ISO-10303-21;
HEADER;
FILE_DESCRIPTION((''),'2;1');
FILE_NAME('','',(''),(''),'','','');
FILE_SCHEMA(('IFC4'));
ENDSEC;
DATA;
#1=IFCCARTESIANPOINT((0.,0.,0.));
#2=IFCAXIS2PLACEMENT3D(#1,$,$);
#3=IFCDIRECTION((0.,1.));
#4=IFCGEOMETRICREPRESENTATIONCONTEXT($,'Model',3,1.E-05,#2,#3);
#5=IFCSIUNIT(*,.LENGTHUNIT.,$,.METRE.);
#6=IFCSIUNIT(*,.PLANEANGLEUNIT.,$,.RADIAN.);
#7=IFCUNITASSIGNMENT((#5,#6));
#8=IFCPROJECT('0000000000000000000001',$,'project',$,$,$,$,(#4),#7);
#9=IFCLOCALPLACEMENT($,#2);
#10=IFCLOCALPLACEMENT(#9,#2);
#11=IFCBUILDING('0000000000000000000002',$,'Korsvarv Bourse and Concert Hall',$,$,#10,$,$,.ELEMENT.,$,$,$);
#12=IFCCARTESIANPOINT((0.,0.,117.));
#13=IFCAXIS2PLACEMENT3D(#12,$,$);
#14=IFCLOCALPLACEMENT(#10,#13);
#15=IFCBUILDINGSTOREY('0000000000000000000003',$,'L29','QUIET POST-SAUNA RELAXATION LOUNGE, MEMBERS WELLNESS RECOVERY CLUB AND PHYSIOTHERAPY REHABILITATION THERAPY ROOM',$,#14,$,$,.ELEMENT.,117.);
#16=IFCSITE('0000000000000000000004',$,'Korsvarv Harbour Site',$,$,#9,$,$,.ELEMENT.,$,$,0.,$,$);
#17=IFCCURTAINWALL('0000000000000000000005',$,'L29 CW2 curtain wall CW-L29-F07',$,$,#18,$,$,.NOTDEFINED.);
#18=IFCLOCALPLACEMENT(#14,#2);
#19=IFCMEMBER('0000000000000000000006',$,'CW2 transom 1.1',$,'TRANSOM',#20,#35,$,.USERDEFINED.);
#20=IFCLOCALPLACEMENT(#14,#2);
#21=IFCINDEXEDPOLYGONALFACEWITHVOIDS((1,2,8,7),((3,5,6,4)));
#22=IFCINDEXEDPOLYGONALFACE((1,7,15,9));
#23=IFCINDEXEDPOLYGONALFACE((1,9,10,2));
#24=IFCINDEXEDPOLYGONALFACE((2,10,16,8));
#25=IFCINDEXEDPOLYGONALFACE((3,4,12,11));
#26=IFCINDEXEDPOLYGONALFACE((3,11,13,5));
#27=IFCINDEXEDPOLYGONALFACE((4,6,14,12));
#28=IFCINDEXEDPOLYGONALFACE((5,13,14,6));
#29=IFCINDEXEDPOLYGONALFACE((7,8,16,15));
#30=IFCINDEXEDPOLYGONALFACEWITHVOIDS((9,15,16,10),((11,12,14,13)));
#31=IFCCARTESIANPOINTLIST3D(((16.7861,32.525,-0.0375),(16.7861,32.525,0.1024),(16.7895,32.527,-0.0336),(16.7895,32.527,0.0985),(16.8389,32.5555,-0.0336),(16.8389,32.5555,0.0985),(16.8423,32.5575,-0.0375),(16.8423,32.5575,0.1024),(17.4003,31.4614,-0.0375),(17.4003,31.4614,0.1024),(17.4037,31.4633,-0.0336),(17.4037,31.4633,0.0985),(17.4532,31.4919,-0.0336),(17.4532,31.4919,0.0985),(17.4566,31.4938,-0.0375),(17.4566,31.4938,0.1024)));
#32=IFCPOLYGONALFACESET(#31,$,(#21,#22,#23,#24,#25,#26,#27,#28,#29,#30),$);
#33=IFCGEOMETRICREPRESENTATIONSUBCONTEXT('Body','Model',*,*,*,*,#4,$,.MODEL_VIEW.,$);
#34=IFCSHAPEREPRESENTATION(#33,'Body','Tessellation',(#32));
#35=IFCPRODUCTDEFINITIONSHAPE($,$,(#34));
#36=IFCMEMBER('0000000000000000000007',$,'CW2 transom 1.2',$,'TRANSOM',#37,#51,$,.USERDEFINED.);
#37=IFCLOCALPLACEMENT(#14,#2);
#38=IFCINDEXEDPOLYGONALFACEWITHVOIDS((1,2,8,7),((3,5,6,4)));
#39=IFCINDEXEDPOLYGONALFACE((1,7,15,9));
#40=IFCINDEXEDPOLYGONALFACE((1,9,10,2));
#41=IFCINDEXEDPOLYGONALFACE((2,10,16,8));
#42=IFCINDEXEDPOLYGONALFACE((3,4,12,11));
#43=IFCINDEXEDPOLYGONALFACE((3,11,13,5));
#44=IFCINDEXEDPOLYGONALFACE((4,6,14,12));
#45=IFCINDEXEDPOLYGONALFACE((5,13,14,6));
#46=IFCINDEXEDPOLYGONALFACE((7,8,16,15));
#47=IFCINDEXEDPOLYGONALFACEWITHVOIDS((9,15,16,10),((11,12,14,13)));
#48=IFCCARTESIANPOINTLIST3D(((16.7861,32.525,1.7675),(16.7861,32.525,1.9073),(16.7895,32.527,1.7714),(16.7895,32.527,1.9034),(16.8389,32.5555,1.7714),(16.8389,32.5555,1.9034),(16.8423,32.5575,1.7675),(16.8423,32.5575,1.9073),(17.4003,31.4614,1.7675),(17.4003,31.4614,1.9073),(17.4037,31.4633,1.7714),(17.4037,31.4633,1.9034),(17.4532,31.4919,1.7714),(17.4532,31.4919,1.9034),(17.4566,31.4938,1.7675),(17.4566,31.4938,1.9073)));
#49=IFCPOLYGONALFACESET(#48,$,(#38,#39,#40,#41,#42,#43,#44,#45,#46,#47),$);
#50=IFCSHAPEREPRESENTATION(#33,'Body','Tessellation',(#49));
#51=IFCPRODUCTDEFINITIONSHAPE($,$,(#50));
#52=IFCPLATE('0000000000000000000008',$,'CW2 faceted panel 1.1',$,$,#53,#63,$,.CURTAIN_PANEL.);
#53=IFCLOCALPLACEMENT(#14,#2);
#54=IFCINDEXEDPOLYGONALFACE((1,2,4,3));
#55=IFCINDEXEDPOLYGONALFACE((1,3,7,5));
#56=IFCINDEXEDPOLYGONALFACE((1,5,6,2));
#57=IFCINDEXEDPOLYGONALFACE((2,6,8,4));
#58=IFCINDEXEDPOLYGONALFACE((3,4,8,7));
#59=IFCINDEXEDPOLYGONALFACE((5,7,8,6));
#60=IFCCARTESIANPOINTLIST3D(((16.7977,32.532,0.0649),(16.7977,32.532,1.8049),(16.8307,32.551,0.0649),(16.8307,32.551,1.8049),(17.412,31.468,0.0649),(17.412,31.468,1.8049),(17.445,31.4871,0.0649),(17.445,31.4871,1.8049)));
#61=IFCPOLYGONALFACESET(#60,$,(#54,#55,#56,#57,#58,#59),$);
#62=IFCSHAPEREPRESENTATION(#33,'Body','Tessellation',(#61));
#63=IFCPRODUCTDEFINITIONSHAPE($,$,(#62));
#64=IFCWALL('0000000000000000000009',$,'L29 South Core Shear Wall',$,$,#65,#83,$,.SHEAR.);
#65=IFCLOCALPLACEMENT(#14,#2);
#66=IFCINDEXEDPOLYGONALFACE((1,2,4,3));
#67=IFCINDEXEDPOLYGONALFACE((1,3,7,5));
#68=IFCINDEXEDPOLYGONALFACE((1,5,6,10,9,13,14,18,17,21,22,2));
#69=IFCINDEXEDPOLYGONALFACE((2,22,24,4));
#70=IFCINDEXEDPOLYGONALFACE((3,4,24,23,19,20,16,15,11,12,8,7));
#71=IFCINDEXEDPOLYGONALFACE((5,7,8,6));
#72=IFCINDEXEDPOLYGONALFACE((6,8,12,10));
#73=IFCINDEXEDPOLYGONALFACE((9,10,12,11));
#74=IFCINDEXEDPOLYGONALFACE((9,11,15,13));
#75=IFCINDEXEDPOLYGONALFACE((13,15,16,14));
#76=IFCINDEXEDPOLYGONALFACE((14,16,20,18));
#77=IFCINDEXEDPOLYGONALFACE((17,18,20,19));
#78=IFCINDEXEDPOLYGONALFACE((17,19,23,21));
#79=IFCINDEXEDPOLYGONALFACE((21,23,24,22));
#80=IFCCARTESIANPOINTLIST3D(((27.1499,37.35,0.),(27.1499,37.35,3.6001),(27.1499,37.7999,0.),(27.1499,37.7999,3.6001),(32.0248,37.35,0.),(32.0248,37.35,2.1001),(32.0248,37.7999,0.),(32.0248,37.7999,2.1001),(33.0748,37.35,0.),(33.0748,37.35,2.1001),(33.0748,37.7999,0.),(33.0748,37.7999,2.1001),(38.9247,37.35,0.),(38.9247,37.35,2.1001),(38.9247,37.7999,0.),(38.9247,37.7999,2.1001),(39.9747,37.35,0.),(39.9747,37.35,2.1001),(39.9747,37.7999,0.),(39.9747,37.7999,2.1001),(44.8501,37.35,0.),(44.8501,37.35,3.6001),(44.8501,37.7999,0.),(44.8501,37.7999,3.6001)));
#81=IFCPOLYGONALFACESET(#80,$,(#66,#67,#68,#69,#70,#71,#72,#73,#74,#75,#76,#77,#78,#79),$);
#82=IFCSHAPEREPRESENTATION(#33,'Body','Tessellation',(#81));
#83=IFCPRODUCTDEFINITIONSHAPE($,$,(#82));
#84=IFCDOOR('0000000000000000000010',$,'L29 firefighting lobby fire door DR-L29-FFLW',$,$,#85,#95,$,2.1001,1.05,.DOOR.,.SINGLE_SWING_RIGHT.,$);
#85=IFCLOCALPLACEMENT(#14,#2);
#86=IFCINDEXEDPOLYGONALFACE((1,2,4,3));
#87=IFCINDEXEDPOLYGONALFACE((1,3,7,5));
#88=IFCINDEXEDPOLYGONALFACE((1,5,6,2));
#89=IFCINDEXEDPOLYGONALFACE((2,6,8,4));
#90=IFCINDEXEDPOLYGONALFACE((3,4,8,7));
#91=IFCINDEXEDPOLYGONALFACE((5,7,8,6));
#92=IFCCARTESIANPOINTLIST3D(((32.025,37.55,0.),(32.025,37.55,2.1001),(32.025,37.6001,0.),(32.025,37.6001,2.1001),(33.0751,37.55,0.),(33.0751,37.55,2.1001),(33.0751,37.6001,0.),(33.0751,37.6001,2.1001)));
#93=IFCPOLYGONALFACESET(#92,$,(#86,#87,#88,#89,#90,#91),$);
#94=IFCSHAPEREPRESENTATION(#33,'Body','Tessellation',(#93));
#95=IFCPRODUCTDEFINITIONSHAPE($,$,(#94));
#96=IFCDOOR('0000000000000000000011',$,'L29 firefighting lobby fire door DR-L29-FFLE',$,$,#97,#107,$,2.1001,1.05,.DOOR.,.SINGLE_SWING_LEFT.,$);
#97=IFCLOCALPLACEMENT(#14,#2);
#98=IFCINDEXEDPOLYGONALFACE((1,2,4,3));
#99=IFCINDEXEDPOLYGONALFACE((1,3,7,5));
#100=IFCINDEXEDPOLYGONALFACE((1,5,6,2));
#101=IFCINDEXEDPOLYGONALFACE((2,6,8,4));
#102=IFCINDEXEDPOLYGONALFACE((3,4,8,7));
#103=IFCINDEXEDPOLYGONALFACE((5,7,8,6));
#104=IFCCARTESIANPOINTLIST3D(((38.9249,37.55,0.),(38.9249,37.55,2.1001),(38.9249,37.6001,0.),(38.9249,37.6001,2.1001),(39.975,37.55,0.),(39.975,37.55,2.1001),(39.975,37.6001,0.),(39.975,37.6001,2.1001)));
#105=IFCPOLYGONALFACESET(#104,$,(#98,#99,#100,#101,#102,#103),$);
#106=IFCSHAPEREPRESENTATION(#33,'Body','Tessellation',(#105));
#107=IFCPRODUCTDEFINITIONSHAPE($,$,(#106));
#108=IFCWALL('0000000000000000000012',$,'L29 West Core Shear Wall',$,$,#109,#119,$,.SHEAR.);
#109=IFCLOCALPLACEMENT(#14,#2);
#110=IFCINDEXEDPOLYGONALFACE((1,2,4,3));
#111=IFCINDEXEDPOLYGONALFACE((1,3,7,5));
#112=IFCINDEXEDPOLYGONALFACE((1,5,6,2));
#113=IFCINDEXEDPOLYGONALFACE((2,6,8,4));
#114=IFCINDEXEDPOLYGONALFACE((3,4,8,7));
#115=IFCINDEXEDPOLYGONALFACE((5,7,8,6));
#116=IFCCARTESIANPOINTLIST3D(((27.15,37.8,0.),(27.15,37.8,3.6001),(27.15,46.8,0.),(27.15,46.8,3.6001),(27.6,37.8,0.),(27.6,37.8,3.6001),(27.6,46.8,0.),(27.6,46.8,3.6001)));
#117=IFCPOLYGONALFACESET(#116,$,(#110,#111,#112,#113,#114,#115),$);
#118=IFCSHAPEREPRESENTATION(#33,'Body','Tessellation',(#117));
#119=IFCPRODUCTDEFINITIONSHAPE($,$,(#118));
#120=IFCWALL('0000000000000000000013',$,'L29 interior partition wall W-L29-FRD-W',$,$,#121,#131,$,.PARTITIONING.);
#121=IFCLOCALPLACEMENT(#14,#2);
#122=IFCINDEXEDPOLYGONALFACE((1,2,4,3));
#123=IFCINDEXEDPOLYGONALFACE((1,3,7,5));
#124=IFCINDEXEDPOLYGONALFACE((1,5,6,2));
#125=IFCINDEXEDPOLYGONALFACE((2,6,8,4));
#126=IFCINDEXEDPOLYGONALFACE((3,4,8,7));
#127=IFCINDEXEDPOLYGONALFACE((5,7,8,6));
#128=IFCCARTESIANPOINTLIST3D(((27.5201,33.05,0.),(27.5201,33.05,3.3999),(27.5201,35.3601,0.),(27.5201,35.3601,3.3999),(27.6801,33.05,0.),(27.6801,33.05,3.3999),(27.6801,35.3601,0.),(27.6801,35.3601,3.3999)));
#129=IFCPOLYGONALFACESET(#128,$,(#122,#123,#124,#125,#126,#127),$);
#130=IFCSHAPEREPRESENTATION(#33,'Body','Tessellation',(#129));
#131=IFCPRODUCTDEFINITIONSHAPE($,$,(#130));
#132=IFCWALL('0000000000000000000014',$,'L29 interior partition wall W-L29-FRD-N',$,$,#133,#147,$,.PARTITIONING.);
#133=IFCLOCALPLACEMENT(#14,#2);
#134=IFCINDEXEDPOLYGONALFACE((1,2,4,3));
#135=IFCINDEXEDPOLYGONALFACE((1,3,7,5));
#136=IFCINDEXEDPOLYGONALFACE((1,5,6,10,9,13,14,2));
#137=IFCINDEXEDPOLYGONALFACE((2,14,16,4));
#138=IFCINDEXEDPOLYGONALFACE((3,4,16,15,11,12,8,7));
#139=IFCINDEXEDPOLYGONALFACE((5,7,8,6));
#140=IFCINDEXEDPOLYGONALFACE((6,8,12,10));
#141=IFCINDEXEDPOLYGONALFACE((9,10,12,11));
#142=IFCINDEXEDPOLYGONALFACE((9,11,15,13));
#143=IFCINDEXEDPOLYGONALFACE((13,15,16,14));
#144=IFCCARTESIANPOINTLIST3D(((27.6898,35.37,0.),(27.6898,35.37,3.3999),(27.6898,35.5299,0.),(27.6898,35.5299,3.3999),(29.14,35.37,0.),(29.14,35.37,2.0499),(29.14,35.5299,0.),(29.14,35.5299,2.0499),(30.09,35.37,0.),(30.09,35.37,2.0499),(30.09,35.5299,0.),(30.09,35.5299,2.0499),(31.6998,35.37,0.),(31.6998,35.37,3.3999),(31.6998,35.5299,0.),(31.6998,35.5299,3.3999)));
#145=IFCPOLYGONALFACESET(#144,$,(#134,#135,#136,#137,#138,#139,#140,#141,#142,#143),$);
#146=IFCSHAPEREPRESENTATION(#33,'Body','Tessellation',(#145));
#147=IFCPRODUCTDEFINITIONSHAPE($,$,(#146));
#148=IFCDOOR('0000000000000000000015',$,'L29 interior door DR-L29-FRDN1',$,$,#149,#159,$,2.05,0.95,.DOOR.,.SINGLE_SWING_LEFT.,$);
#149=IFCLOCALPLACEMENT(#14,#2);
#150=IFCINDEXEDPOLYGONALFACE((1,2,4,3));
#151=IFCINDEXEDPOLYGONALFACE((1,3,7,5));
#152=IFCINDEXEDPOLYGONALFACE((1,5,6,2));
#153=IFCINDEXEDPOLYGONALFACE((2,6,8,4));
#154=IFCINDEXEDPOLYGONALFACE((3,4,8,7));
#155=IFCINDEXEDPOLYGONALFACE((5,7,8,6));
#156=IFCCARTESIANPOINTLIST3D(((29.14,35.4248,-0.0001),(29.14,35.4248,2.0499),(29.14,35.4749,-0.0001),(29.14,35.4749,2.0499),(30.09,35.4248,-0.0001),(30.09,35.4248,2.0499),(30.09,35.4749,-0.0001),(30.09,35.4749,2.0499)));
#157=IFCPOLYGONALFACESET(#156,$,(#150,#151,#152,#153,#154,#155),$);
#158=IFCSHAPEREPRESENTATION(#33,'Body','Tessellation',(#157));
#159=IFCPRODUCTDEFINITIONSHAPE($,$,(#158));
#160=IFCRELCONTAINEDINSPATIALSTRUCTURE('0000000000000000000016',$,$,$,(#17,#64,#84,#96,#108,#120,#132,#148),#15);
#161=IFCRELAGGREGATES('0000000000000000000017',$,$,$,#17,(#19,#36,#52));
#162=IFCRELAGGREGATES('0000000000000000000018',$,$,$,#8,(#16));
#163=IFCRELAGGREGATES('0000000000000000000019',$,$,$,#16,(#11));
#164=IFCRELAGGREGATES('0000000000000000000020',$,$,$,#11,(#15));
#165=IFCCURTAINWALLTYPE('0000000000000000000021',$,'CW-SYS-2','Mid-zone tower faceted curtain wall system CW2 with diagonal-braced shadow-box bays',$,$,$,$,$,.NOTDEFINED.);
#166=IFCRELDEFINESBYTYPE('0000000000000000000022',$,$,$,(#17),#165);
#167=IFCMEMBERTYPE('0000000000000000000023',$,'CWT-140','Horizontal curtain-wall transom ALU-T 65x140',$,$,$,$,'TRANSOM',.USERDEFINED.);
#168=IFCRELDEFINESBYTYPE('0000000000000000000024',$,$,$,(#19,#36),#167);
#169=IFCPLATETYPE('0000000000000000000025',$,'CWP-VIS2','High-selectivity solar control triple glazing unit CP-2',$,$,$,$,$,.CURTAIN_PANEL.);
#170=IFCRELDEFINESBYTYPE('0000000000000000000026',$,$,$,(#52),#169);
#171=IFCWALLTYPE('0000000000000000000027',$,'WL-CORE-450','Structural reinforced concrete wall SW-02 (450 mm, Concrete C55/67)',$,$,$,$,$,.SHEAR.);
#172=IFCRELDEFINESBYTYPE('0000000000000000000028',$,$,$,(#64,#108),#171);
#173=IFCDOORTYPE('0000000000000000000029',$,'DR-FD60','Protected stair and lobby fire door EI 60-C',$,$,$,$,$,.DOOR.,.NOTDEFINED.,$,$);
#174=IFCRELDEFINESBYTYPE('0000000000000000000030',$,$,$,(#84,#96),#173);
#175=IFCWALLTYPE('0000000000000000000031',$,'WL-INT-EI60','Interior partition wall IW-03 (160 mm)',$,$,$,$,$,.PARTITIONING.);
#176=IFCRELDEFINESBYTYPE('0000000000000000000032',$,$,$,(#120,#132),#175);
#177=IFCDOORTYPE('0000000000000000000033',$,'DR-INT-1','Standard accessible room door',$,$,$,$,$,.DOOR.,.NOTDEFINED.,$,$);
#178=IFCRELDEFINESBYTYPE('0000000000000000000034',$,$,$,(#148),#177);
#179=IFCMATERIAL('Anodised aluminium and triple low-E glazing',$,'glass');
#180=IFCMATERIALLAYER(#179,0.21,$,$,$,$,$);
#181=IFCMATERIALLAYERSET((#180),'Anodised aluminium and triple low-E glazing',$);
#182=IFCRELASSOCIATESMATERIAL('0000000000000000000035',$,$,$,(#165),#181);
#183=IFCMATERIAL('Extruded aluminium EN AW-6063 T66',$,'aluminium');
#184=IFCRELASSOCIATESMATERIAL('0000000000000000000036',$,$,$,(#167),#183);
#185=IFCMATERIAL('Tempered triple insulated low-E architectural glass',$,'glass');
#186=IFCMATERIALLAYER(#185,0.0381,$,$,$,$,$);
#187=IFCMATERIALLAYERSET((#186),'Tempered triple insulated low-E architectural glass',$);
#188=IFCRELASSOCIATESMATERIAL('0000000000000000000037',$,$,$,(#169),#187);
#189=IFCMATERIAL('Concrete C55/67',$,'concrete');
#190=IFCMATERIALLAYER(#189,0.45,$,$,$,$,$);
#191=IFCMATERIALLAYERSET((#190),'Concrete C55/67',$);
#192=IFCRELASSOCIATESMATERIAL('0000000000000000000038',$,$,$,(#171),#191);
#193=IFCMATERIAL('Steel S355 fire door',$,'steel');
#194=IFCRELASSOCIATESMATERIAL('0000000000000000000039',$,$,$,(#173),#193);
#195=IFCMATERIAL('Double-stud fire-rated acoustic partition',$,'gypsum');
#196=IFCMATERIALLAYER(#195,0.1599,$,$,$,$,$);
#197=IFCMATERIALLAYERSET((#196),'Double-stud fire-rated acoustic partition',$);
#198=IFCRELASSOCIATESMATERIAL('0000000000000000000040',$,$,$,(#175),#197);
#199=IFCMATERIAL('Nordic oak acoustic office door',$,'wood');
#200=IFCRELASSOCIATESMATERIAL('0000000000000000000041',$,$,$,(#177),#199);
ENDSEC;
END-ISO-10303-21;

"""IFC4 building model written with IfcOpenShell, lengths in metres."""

from ifc_helpers import new_model, si_unit, direction, frame, frame_2d, origin, origin_2d, place, context, subcontext, project, spatial, rectangle, hollow_rectangle, extrude, source, transform, mapped, material, layer, layer_set, material_profile, profile_set, type_object, element, fill, aggregate, save


model = new_model("IFC4")

# Units and contexts
model_context = context("Model", 3, precision=1e-05, world=origin(), true_north=direction((0.0, 1.0)))
body_context = subcontext(model_context, "Body", "Model", "MODEL_VIEW")
ifc_project = project(units=[si_unit("LENGTHUNIT", "METRE"), si_unit("PLANEANGLEUNIT", "RADIAN")], contexts=[model_context])

# Site, building, storey
site_placement = place(None, origin())
site = spatial("IfcSite", under=ifc_project, at=site_placement, Name="Korsvarv Harbour Site", CompositionType="ELEMENT", RefElevation=0.0)
building_placement = place(site_placement, origin())
building = spatial("IfcBuilding", under=site, at=building_placement, Name="Korsvarv Bourse and Concert Hall", CompositionType="ELEMENT")
storey_placement = place(building_placement, frame((0.0, 0.0, 117.0)))
storey = spatial("IfcBuildingStorey", under=building, at=storey_placement, Name="L29", Description="QUIET POST-SAUNA RELAXATION LOUNGE, MEMBERS WELLNESS RECOVERY CLUB AND PHYSIOTHERAPY REHABILITATION THERAPY ROOM", CompositionType="ELEMENT", Elevation=117.0)

# Curtain wall, members, plate
ifc_material_1 = material(Name="Anodised aluminium and triple low-E glazing", Category="glass")
ifc_layer_1 = layer(ifc_material_1, 0.21)
ifc_layer_set_1 = layer_set([ifc_layer_1], Name="Anodised aluminium and triple low-E glazing")
curtain_wall_type = type_object("IfcCurtainWallType", Name="CW-SYS-2", Description="Mid-zone tower faceted curtain wall system CW2 with diagonal-braced shadow-box bays", PredefinedType="NOTDEFINED", material=ifc_layer_set_1)
curtain_wall_placement = place(storey_placement, origin())
curtain_wall = element("IfcCurtainWall", 1, at=curtain_wall_placement, inside=storey, type_object=curtain_wall_type, Name="L29 CW2 curtain wall CW-L29-F07", PredefinedType="NOTDEFINED")
ifc_material_2 = material(Name="Extruded aluminium EN AW-6063 T66", Category="aluminium")
ifc_material_profile_1 = material_profile(ifc_material_2, hollow_rectangle(XDim=0.0649, YDim=0.1399, WallThickness=0.0039, at=origin_2d()), Name="ALU-T 65x140")
ifc_profile_set_1 = profile_set([ifc_material_profile_1], Name="Extruded aluminium EN AW-6063 T66")
member_type_1 = type_object("IfcMemberType", Name="CWT-140", Description="Horizontal curtain-wall transom ALU-T 65x140", ElementType="TRANSOM", PredefinedType="USERDEFINED", material=ifc_profile_set_1)
shared_shape_1 = source(origin(), body_context, "Body", "SweptSolid", [
    extrude(hollow_rectangle(XDim=0.0649, YDim=0.1399, WallThickness=0.0039, at=origin_2d()), origin(), (0.0, 0.0, 1.0), 1.2283),
])
member_1_placement = place(storey_placement, frame((16.8142, 32.5413, 0.0325), z_axis=(0.500072, -0.865984, 0.0), x_axis=(0.865984, 0.500072, 0.0)))
member_1 = element("IfcMember", 2, at=member_1_placement, type_object=member_type_1, Name="CW2 transom 1.1", ObjectType="TRANSOM", PredefinedType="USERDEFINED", context=body_context, shape_type="MappedRepresentation", body=[
    mapped(shared_shape_1, transform((0.0, 0.0, 0.0), scale=1.0)),
])
member_2_placement = place(storey_placement, frame((16.8142, 32.5413, 1.8374), z_axis=(0.500072, -0.865984, 0.0), x_axis=(0.865984, 0.500072, 0.0)))
member_2 = element("IfcMember", 3, at=member_2_placement, type_object=member_type_1, Name="CW2 transom 1.2", ObjectType="TRANSOM", PredefinedType="USERDEFINED", context=body_context, shape_type="MappedRepresentation", body=[
    mapped(shared_shape_1, transform((0.0, 0.0, 0.0), scale=1.0)),
])
ifc_material_3 = material(Name="Tempered triple insulated low-E architectural glass", Category="glass")
ifc_layer_2 = layer(ifc_material_3, 0.0381)
ifc_layer_set_2 = layer_set([ifc_layer_2], Name="Tempered triple insulated low-E architectural glass")
plate_type = type_object("IfcPlateType", Name="CWP-VIS2", Description="High-selectivity solar control triple glazing unit CP-2", PredefinedType="CURTAIN_PANEL", material=ifc_layer_set_2)
shared_shape_2 = source(origin(), body_context, "Body", "SweptSolid", [
    extrude(rectangle(XDim=1.2285, YDim=0.0381, at=origin_2d()), origin(), (0.0, 0.0, 1.0), 1.74),
])
plate_placement = place(storey_placement, frame((17.1213, 32.0095, 0.0649), z_axis=(0.0, 0.0, 1.0), x_axis=(0.500006, -0.866022, 0.0)))
plate = element("IfcPlate", 4, at=plate_placement, type_object=plate_type, Name="CW2 faceted panel 1.1", PredefinedType="CURTAIN_PANEL", context=body_context, shape_type="MappedRepresentation", body=[
    mapped(shared_shape_2, transform((0.0, 0.0, 0.0), scale=1.0)),
])
aggregate(curtain_wall, [member_1, member_2, plate])

# Wall, openings, doors
ifc_material_4 = material(Name="Concrete C55/67", Category="concrete")
ifc_layer_3 = layer(ifc_material_4, 0.45)
ifc_layer_set_3 = layer_set([ifc_layer_3], Name="Concrete C55/67")
wall_type_1 = type_object("IfcWallType", Name="WL-CORE-450", Description="Structural reinforced concrete wall SW-02 (450 mm, Concrete C55/67)", PredefinedType="SHEAR", material=ifc_layer_set_3)
wall_1_placement = place(storey_placement, frame((27.1499, 37.575, 0.0), z_axis=(0.0, 0.0, 1.0), x_axis=(1.0, 0.0, 0.0)))
wall_1 = element("IfcWall", 5, at=wall_1_placement, inside=storey, type_object=wall_type_1, Name="L29 South Core Shear Wall", PredefinedType="SHEAR", context=body_context, shape_type="SweptSolid", body=[
    extrude(rectangle(XDim=17.7002, YDim=0.45, at=frame_2d((8.8501, 0.0))), origin(), (0.0, 0.0, 1.0), 3.6001),
])
opening_1_placement = place(wall_1_placement, frame((4.875, 0.0, 0.0)))
opening_1 = element("IfcOpeningElement", 6, at=opening_1_placement, cuts=wall_1, PredefinedType="OPENING", context=body_context, shape_type="SweptSolid", body=[
    extrude(rectangle(XDim=1.05, YDim=2.1001, at=frame_2d((0.5249, 1.05))), frame((0.0, 0.2349, 0.0), z_axis=(0.0, -1.0, 0.0), x_axis=(1.0, 0.0, 0.0)), (0.0, 0.0, 1.0), 0.47),
])
opening_2_placement = place(wall_1_placement, frame((11.7749, 0.0, 0.0)))
opening_2 = element("IfcOpeningElement", 7, at=opening_2_placement, cuts=wall_1, PredefinedType="OPENING", context=body_context, shape_type="SweptSolid", body=[
    extrude(rectangle(XDim=1.05, YDim=2.1001, at=frame_2d((0.5249, 1.05))), frame((0.0, 0.2349, 0.0), z_axis=(0.0, -1.0, 0.0), x_axis=(1.0, 0.0, 0.0)), (0.0, 0.0, 1.0), 0.47),
])
ifc_material_5 = material(Name="Steel S355 fire door", Category="steel")
door_type_1 = type_object("IfcDoorType", Name="DR-FD60", Description="Protected stair and lobby fire door EI 60-C", OperationType="NOTDEFINED", PredefinedType="DOOR", material=ifc_material_5)
door_1_placement = place(opening_1_placement, frame((1.05, 0.0, 0.0), z_axis=(0.0, 0.0, 1.0), x_axis=(-1.0, 0.0, 0.0)))
door_1 = element("IfcDoor", 8, at=door_1_placement, inside=storey, type_object=door_type_1, Name="L29 firefighting lobby fire door DR-L29-FFLW", OperationType="SINGLE_SWING_RIGHT", OverallHeight=2.1001, OverallWidth=1.05, PredefinedType="DOOR", context=body_context, shape_type="SweptSolid", body=[
    extrude(rectangle(XDim=1.05, YDim=2.1001, at=frame_2d((0.5249, 1.05))), frame((0.0, 0.0249, 0.0), z_axis=(0.0, -1.0, 0.0), x_axis=(1.0, 0.0, 0.0)), (0.0, 0.0, 1.0), 0.05),
])
fill(opening_1, door_1)
door_2_placement = place(opening_2_placement, frame((1.05, 0.0, 0.0), z_axis=(0.0, 0.0, 1.0), x_axis=(-1.0, 0.0, 0.0)))
door_2 = element("IfcDoor", 9, at=door_2_placement, inside=storey, type_object=door_type_1, Name="L29 firefighting lobby fire door DR-L29-FFLE", OperationType="SINGLE_SWING_LEFT", OverallHeight=2.1001, OverallWidth=1.05, PredefinedType="DOOR", context=body_context, shape_type="SweptSolid", body=[
    extrude(rectangle(XDim=1.05, YDim=2.1001, at=frame_2d((0.5249, 1.05))), frame((0.0, 0.0249, 0.0), z_axis=(0.0, -1.0, 0.0), x_axis=(1.0, 0.0, 0.0)), (0.0, 0.0, 1.0), 0.05),
])
fill(opening_2, door_2)

# Walls
wall_2_placement = place(storey_placement, frame((27.375, 37.8, 0.0), z_axis=(0.0, 0.0, 1.0), x_axis=(0.0, 1.0, 0.0)))
element("IfcWall", 10, at=wall_2_placement, inside=storey, type_object=wall_type_1, Name="L29 West Core Shear Wall", PredefinedType="SHEAR", context=body_context, shape_type="SweptSolid", body=[
    extrude(rectangle(XDim=9.0, YDim=0.45, at=frame_2d((4.5, 0.0))), origin(), (0.0, 0.0, 1.0), 3.6001),
])
ifc_material_6 = material(Name="Double-stud fire-rated acoustic partition", Category="gypsum")
ifc_layer_4 = layer(ifc_material_6, 0.1599)
ifc_layer_set_4 = layer_set([ifc_layer_4], Name="Double-stud fire-rated acoustic partition")
wall_type_2 = type_object("IfcWallType", Name="WL-INT-EI60", Description="Interior partition wall IW-03 (160 mm)", PredefinedType="PARTITIONING", material=ifc_layer_set_4)
wall_3_placement = place(storey_placement, frame((27.6001, 33.05, 0.0), z_axis=(0.0, 0.0, 1.0), x_axis=(0.0, 1.0, 0.0)))
element("IfcWall", 11, at=wall_3_placement, inside=storey, type_object=wall_type_2, Name="L29 interior partition wall W-L29-FRD-W", PredefinedType="PARTITIONING", context=body_context, shape_type="SweptSolid", body=[
    extrude(rectangle(XDim=2.3101, YDim=0.1599, at=frame_2d((1.155, 0.0))), origin(), (0.0, 0.0, 1.0), 3.3999),
])

# Wall, opening, door
wall_4_placement = place(storey_placement, frame((27.6899, 35.45, 0.0), z_axis=(0.0, 0.0, 1.0), x_axis=(1.0, 0.0, 0.0)))
wall_4 = element("IfcWall", 12, at=wall_4_placement, inside=storey, type_object=wall_type_2, Name="L29 interior partition wall W-L29-FRD-N", PredefinedType="PARTITIONING", context=body_context, shape_type="SweptSolid", body=[
    extrude(rectangle(XDim=4.01, YDim=0.1599, at=frame_2d((2.0049, 0.0))), origin(), (0.0, 0.0, 1.0), 3.3999),
])
opening_3_placement = place(wall_4_placement, frame((1.45, 0.0, 0.0)))
opening_3 = element("IfcOpeningElement", 13, at=opening_3_placement, cuts=wall_4, PredefinedType="OPENING", context=body_context, shape_type="SweptSolid", body=[
    extrude(rectangle(XDim=0.95, YDim=2.05, at=frame_2d((0.4751, 1.0249))), frame((0.0, 0.0898, 0.0), z_axis=(0.0, -1.0, 0.0), x_axis=(1.0, 0.0, 0.0)), (0.0, 0.0, 1.0), 0.1799),
])
ifc_material_7 = material(Name="Nordic oak acoustic office door", Category="wood")
door_type_2 = type_object("IfcDoorType", Name="DR-INT-1", Description="Standard accessible room door", OperationType="NOTDEFINED", PredefinedType="DOOR", material=ifc_material_7)
door_3_placement = place(opening_3_placement, origin())
door_3 = element("IfcDoor", 14, at=door_3_placement, inside=storey, type_object=door_type_2, Name="L29 interior door DR-L29-FRDN1", OperationType="SINGLE_SWING_LEFT", OverallHeight=2.05, OverallWidth=0.95, PredefinedType="DOOR", context=body_context, shape_type="SweptSolid", body=[
    extrude(rectangle(XDim=0.95, YDim=2.05, at=frame_2d((0.4751, 1.0249))), frame((0.0, 0.0249, 0.0), z_axis=(0.0, -1.0, 0.0), x_axis=(1.0, 0.0, 0.0)), (0.0, 0.0, 1.0), 0.05),
])
fill(opening_3, door_3)

save(model, "model.ifc")
